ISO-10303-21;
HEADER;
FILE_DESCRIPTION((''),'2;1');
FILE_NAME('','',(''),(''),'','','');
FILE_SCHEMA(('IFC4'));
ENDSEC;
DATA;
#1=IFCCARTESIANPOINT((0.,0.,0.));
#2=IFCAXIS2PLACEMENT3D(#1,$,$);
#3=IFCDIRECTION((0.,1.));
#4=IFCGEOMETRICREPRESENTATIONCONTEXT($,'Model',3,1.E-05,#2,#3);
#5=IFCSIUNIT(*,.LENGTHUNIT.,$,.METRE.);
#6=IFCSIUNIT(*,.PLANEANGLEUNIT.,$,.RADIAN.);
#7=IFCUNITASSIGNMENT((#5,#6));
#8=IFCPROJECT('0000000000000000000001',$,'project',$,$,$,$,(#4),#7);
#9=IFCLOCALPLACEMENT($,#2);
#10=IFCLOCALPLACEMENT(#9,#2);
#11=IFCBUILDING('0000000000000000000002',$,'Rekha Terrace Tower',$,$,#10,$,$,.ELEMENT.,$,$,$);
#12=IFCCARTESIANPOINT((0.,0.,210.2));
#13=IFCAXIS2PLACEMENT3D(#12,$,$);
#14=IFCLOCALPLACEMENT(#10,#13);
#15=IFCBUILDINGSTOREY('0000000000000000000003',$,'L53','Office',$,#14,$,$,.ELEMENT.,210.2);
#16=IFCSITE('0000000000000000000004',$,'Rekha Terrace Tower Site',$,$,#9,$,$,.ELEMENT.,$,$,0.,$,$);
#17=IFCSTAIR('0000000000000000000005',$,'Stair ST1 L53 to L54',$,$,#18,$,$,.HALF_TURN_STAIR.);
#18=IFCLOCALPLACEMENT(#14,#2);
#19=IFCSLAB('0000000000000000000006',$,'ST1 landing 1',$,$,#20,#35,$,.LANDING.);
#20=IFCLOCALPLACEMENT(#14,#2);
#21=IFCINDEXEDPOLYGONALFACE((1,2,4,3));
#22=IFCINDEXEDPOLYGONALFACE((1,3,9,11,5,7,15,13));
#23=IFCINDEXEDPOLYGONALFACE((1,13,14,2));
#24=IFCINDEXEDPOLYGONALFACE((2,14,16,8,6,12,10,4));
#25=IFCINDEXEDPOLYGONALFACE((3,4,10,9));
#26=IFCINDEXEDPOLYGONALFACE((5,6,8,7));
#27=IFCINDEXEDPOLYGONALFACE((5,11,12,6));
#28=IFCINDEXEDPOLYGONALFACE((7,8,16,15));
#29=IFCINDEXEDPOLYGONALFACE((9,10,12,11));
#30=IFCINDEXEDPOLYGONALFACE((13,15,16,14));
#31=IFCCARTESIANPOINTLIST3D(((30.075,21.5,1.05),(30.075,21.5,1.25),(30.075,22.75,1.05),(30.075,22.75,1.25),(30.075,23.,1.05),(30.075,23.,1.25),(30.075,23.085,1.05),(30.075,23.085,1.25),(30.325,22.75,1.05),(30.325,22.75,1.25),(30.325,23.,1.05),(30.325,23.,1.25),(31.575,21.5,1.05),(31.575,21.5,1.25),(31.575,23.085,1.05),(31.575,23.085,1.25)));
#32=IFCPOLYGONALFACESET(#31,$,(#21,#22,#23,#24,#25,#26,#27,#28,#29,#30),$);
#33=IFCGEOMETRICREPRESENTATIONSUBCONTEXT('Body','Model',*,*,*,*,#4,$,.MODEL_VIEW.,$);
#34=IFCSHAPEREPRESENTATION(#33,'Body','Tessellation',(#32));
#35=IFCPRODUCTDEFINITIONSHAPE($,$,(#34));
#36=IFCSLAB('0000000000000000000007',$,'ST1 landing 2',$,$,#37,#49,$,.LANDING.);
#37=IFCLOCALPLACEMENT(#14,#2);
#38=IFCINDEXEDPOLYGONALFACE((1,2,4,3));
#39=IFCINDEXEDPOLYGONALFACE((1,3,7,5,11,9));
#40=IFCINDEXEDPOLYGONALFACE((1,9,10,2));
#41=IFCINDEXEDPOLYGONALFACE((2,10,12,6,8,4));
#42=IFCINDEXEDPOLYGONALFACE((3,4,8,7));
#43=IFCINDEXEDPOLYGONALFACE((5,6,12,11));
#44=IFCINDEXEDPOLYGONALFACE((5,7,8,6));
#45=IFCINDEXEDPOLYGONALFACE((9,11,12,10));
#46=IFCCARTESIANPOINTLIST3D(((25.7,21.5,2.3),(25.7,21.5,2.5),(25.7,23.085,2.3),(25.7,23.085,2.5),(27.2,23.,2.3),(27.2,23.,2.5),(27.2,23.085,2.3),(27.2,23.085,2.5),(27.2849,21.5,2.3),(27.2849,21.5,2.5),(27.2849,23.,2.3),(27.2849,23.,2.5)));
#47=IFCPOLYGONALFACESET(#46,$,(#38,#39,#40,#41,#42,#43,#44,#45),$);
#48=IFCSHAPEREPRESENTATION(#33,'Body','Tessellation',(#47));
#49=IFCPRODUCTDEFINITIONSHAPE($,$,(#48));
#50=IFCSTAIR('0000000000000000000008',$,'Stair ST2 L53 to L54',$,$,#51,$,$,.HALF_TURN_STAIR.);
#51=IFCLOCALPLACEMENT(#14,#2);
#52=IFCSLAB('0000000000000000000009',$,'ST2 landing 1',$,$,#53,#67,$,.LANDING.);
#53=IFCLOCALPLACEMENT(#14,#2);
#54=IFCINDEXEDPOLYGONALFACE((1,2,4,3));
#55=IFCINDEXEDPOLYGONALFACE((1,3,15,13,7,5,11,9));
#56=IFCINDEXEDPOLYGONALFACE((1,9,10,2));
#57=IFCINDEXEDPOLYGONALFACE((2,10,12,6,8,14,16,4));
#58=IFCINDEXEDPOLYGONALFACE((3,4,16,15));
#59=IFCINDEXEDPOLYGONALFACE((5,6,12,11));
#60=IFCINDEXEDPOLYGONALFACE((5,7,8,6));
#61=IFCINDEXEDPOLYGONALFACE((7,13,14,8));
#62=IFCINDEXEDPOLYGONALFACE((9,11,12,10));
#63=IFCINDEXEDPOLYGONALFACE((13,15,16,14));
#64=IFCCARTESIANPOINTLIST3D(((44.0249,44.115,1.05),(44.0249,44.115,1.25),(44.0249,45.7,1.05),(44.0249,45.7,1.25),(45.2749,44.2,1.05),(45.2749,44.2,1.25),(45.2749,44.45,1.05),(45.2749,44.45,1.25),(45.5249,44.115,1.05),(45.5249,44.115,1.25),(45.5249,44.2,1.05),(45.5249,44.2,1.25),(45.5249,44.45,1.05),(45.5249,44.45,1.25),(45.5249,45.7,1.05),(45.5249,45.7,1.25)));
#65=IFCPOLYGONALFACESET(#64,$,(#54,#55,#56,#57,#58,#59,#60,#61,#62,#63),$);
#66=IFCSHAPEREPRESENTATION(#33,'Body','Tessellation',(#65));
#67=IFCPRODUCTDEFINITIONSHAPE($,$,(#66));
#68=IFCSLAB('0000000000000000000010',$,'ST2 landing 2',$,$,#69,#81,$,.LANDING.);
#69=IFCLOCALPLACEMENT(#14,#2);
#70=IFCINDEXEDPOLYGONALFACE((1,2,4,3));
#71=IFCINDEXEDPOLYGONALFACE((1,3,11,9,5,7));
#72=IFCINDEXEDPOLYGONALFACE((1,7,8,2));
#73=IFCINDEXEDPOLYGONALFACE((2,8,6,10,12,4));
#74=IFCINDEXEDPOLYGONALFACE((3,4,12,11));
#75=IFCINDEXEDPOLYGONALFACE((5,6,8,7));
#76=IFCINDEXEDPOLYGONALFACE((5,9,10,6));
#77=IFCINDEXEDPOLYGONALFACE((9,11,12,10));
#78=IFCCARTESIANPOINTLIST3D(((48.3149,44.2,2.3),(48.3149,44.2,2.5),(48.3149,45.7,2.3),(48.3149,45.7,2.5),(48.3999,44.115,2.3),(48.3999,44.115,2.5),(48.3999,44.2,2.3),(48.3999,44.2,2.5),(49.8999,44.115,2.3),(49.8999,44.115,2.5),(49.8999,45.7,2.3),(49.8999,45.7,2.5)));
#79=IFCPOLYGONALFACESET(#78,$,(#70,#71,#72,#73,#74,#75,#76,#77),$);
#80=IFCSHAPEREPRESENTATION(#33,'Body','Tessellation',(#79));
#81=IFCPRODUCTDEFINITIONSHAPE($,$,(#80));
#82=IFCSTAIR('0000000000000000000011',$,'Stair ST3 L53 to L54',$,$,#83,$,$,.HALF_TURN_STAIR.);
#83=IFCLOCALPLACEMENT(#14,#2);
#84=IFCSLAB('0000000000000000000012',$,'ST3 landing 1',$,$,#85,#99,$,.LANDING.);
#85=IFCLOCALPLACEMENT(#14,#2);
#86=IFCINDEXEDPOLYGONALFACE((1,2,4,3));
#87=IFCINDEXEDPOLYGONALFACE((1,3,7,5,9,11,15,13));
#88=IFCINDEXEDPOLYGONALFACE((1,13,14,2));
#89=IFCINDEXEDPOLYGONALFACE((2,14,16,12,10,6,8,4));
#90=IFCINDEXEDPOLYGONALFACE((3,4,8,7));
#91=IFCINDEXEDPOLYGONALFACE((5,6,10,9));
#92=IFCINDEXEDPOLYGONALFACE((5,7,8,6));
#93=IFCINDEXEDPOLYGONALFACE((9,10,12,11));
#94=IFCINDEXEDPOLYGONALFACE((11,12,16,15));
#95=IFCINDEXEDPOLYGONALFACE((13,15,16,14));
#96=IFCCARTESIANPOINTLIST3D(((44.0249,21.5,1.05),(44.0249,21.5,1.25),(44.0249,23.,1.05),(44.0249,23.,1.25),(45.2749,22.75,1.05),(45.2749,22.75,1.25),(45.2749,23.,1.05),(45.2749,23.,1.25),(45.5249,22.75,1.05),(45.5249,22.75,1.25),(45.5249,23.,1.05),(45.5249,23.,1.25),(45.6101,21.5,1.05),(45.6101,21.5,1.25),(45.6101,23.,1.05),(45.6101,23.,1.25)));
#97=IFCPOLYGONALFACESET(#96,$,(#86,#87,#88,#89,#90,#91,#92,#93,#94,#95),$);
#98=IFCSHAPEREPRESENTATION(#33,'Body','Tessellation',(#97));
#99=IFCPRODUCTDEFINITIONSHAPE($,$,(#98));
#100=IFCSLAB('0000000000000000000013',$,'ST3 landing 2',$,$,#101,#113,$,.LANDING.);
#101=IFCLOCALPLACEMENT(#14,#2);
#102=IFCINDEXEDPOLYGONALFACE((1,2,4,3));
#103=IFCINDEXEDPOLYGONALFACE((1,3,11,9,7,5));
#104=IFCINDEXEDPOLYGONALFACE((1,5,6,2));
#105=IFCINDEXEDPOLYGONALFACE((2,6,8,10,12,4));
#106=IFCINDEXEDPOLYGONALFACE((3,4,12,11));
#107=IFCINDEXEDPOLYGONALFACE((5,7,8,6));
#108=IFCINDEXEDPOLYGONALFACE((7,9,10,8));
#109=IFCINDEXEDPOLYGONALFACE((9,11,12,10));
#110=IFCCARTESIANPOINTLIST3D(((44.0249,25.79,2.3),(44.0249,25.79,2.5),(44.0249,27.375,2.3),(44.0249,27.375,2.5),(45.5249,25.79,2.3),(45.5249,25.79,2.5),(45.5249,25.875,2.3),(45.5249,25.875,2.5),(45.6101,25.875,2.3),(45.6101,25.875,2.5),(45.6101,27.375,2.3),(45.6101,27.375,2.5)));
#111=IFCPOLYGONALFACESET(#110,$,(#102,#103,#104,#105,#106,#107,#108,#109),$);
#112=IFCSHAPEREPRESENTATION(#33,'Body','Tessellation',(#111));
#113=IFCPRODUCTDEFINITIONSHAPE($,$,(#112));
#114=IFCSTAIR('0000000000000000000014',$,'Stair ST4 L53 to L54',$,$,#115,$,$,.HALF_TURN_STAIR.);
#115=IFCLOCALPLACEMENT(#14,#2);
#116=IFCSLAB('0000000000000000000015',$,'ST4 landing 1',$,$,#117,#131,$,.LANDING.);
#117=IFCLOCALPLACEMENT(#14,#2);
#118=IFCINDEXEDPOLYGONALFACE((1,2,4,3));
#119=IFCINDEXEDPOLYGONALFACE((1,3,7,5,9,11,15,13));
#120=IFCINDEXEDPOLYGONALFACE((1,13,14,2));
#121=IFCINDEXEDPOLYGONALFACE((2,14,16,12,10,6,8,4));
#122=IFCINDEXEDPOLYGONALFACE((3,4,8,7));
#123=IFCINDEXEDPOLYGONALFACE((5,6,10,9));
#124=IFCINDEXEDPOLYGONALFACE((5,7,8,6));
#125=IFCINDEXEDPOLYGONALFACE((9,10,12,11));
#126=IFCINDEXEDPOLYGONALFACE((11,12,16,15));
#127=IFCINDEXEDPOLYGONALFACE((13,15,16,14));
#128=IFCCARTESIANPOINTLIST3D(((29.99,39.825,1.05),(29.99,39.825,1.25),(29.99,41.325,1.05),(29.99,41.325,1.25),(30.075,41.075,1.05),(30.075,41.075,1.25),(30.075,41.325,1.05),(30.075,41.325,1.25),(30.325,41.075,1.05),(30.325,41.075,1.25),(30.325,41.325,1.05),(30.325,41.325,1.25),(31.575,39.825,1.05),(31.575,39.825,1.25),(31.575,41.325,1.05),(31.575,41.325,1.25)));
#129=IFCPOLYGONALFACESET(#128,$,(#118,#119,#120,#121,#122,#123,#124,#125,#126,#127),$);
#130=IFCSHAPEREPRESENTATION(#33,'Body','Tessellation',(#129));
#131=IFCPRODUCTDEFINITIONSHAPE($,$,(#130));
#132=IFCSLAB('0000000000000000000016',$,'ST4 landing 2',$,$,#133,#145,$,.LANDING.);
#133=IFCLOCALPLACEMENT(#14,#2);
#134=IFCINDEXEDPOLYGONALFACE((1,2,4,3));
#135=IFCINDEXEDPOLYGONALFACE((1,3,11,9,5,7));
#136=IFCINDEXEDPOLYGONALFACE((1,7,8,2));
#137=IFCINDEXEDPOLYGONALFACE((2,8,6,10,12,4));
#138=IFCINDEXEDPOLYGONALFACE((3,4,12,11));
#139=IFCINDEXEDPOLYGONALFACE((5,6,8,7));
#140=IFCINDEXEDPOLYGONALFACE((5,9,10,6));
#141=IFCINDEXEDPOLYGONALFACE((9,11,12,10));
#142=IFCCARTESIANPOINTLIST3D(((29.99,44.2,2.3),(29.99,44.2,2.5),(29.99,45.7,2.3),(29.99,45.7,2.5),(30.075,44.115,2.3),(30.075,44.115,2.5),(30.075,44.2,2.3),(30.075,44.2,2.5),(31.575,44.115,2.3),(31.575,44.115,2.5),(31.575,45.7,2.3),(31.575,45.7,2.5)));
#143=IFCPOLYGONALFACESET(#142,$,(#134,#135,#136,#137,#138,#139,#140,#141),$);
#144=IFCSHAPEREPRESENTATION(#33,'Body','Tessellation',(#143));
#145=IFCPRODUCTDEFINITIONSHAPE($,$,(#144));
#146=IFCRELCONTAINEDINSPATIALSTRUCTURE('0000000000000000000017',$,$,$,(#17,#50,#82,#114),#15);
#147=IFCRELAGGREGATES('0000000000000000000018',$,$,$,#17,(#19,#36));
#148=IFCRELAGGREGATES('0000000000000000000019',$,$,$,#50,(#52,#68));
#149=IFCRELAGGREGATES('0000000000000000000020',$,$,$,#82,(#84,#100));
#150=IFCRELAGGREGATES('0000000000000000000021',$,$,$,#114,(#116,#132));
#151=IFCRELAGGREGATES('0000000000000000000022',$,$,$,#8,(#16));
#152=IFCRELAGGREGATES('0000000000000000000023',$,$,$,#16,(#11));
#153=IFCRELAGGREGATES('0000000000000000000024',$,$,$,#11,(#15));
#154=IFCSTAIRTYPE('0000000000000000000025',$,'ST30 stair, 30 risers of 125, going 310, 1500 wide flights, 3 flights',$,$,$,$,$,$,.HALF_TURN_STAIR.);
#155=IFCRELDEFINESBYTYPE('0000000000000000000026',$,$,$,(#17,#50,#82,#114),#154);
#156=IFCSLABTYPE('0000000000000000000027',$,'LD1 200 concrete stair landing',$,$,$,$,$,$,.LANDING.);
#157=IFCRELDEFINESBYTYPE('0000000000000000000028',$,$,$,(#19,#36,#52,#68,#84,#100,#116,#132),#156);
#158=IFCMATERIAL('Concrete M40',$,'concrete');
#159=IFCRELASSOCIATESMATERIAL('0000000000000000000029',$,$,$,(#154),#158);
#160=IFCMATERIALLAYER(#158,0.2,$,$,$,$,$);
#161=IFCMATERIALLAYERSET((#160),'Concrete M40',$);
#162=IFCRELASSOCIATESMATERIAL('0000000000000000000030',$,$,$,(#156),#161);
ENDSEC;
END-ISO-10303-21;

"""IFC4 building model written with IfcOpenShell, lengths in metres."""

from ifc_helpers import new_model, si_unit, direction, frame, origin, place, context, subcontext, project, spatial, polyline, outline, extrude, material, layer, layer_set, type_object, element, aggregate, save


model = new_model("IFC4")

# Units and contexts
model_context = context("Model", 3, precision=1e-05, world=origin(), true_north=direction((0.0, 1.0)))
body_context = subcontext(model_context, "Body", "Model", "MODEL_VIEW")
ifc_project = project(units=[si_unit("LENGTHUNIT", "METRE"), si_unit("PLANEANGLEUNIT", "RADIAN")], contexts=[model_context])

# Site, building, storey
site_placement = place(None, origin())
site = spatial("IfcSite", under=ifc_project, at=site_placement, Name="Rekha Terrace Tower Site", CompositionType="ELEMENT", RefElevation=0.0)
building_placement = place(site_placement, origin())
building = spatial("IfcBuilding", under=site, at=building_placement, Name="Rekha Terrace Tower", CompositionType="ELEMENT")
storey_placement = place(building_placement, frame((0.0, 0.0, 210.2)))
storey = spatial("IfcBuildingStorey", under=building, at=storey_placement, Name="L53", Description="Office", CompositionType="ELEMENT", Elevation=210.2)

# Stairs, slabs
ifc_material_1 = material(Name="Concrete M40", Category="concrete")
stair_type = type_object("IfcStairType", Name="ST30 stair, 30 risers of 125, going 310, 1500 wide flights, 3 flights", PredefinedType="HALF_TURN_STAIR", material=ifc_material_1)
stair_1_placement = place(storey_placement, origin())
stair_1 = element("IfcStair", 1, at=stair_1_placement, inside=storey, type_object=stair_type, Name="Stair ST1 L53 to L54", PredefinedType="HALF_TURN_STAIR")
ifc_layer_1 = layer(ifc_material_1, 0.2)
ifc_layer_set_1 = layer_set([ifc_layer_1], Name="Concrete M40")
slab_type_1 = type_object("IfcSlabType", Name="LD1 200 concrete stair landing", PredefinedType="LANDING", material=ifc_layer_set_1)
slab_1_placement = place(storey_placement, frame((0.0, 0.0, 1.05)))
slab_1 = element("IfcSlab", 2, at=slab_1_placement, type_object=slab_type_1, Name="ST1 landing 1", PredefinedType="LANDING", context=body_context, shape_type="SweptSolid", body=[
    extrude(outline(polyline([(30.075, 21.5), (31.575, 21.5), (31.575, 23.085), (30.075, 23.085), (30.075, 23.0), (30.325, 23.0), (30.325, 22.75), (30.075, 22.75), (30.075, 21.5)])), origin(), (0.0, 0.0, 1.0), 0.2),
])
slab_2_placement = place(storey_placement, frame((0.0, 0.0, 2.3)))
slab_2 = element("IfcSlab", 3, at=slab_2_placement, type_object=slab_type_1, Name="ST1 landing 2", PredefinedType="LANDING", context=body_context, shape_type="SweptSolid", body=[
    extrude(outline(polyline([(27.2, 23.085), (25.7, 23.085), (25.7, 21.5), (27.2849, 21.5), (27.2849, 23.0), (27.2, 23.0), (27.2, 23.085)])), origin(), (0.0, 0.0, 1.0), 0.2),
])
aggregate(stair_1, [slab_1, slab_2])
stair_2_placement = place(storey_placement, origin())
stair_2 = element("IfcStair", 4, at=stair_2_placement, inside=storey, type_object=stair_type, Name="Stair ST2 L53 to L54", PredefinedType="HALF_TURN_STAIR")
slab_3_placement = place(storey_placement, frame((0.0, 0.0, 1.05)))
slab_3 = element("IfcSlab", 5, at=slab_3_placement, type_object=slab_type_1, Name="ST2 landing 1", PredefinedType="LANDING", context=body_context, shape_type="SweptSolid", body=[
    extrude(outline(polyline([(45.5249, 45.7), (44.0249, 45.7), (44.0249, 44.115), (45.5249, 44.115), (45.5249, 44.2), (45.2749, 44.2), (45.2749, 44.45), (45.5249, 44.45), (45.5249, 45.7)])), origin(), (0.0, 0.0, 1.0), 0.2),
])
slab_4_placement = place(storey_placement, frame((0.0, 0.0, 2.3)))
slab_4 = element("IfcSlab", 6, at=slab_4_placement, type_object=slab_type_1, Name="ST2 landing 2", PredefinedType="LANDING", context=body_context, shape_type="SweptSolid", body=[
    extrude(outline(polyline([(48.3999, 44.115), (49.8999, 44.115), (49.8999, 45.7), (48.3149, 45.7), (48.3149, 44.2), (48.3999, 44.2), (48.3999, 44.115)])), origin(), (0.0, 0.0, 1.0), 0.2),
])
aggregate(stair_2, [slab_3, slab_4])
stair_3_placement = place(storey_placement, origin())
stair_3 = element("IfcStair", 7, at=stair_3_placement, inside=storey, type_object=stair_type, Name="Stair ST3 L53 to L54", PredefinedType="HALF_TURN_STAIR")
slab_5_placement = place(storey_placement, frame((0.0, 0.0, 1.05)))
slab_5 = element("IfcSlab", 8, at=slab_5_placement, type_object=slab_type_1, Name="ST3 landing 1", PredefinedType="LANDING", context=body_context, shape_type="SweptSolid", body=[
    extrude(outline(polyline([(44.0249, 23.0), (44.0249, 21.5), (45.6101, 21.5), (45.6101, 23.0), (45.5249, 23.0), (45.5249, 22.75), (45.2749, 22.75), (45.2749, 23.0), (44.0249, 23.0)])), origin(), (0.0, 0.0, 1.0), 0.2),
])
slab_6_placement = place(storey_placement, frame((0.0, 0.0, 2.3)))
slab_6 = element("IfcSlab", 9, at=slab_6_placement, type_object=slab_type_1, Name="ST3 landing 2", PredefinedType="LANDING", context=body_context, shape_type="SweptSolid", body=[
    extrude(outline(polyline([(45.6101, 25.875), (45.6101, 27.375), (44.0249, 27.375), (44.0249, 25.79), (45.5249, 25.79), (45.5249, 25.875), (45.6101, 25.875)])), origin(), (0.0, 0.0, 1.0), 0.2),
])
aggregate(stair_3, [slab_5, slab_6])
stair_4_placement = place(storey_placement, origin())
stair_4 = element("IfcStair", 10, at=stair_4_placement, inside=storey, type_object=stair_type, Name="Stair ST4 L53 to L54", PredefinedType="HALF_TURN_STAIR")
slab_7_placement = place(storey_placement, frame((0.0, 0.0, 1.05)))
slab_7 = element("IfcSlab", 11, at=slab_7_placement, type_object=slab_type_1, Name="ST4 landing 1", PredefinedType="LANDING", context=body_context, shape_type="SweptSolid", body=[
    extrude(outline(polyline([(31.575, 41.325), (31.575, 39.825), (29.99, 39.825), (29.99, 41.325), (30.075, 41.325), (30.075, 41.075), (30.325, 41.075), (30.325, 41.325), (31.575, 41.325)])), origin(), (0.0, 0.0, 1.0), 0.2),
])
slab_8_placement = place(storey_placement, frame((0.0, 0.0, 2.3)))
slab_8 = element("IfcSlab", 12, at=slab_8_placement, type_object=slab_type_1, Name="ST4 landing 2", PredefinedType="LANDING", context=body_context, shape_type="SweptSolid", body=[
    extrude(outline(polyline([(29.99, 44.2), (29.99, 45.7), (31.575, 45.7), (31.575, 44.115), (30.075, 44.115), (30.075, 44.2), (29.99, 44.2)])), origin(), (0.0, 0.0, 1.0), 0.2),
])
aggregate(stair_4, [slab_7, slab_8])

save(model, "model.ifc")
